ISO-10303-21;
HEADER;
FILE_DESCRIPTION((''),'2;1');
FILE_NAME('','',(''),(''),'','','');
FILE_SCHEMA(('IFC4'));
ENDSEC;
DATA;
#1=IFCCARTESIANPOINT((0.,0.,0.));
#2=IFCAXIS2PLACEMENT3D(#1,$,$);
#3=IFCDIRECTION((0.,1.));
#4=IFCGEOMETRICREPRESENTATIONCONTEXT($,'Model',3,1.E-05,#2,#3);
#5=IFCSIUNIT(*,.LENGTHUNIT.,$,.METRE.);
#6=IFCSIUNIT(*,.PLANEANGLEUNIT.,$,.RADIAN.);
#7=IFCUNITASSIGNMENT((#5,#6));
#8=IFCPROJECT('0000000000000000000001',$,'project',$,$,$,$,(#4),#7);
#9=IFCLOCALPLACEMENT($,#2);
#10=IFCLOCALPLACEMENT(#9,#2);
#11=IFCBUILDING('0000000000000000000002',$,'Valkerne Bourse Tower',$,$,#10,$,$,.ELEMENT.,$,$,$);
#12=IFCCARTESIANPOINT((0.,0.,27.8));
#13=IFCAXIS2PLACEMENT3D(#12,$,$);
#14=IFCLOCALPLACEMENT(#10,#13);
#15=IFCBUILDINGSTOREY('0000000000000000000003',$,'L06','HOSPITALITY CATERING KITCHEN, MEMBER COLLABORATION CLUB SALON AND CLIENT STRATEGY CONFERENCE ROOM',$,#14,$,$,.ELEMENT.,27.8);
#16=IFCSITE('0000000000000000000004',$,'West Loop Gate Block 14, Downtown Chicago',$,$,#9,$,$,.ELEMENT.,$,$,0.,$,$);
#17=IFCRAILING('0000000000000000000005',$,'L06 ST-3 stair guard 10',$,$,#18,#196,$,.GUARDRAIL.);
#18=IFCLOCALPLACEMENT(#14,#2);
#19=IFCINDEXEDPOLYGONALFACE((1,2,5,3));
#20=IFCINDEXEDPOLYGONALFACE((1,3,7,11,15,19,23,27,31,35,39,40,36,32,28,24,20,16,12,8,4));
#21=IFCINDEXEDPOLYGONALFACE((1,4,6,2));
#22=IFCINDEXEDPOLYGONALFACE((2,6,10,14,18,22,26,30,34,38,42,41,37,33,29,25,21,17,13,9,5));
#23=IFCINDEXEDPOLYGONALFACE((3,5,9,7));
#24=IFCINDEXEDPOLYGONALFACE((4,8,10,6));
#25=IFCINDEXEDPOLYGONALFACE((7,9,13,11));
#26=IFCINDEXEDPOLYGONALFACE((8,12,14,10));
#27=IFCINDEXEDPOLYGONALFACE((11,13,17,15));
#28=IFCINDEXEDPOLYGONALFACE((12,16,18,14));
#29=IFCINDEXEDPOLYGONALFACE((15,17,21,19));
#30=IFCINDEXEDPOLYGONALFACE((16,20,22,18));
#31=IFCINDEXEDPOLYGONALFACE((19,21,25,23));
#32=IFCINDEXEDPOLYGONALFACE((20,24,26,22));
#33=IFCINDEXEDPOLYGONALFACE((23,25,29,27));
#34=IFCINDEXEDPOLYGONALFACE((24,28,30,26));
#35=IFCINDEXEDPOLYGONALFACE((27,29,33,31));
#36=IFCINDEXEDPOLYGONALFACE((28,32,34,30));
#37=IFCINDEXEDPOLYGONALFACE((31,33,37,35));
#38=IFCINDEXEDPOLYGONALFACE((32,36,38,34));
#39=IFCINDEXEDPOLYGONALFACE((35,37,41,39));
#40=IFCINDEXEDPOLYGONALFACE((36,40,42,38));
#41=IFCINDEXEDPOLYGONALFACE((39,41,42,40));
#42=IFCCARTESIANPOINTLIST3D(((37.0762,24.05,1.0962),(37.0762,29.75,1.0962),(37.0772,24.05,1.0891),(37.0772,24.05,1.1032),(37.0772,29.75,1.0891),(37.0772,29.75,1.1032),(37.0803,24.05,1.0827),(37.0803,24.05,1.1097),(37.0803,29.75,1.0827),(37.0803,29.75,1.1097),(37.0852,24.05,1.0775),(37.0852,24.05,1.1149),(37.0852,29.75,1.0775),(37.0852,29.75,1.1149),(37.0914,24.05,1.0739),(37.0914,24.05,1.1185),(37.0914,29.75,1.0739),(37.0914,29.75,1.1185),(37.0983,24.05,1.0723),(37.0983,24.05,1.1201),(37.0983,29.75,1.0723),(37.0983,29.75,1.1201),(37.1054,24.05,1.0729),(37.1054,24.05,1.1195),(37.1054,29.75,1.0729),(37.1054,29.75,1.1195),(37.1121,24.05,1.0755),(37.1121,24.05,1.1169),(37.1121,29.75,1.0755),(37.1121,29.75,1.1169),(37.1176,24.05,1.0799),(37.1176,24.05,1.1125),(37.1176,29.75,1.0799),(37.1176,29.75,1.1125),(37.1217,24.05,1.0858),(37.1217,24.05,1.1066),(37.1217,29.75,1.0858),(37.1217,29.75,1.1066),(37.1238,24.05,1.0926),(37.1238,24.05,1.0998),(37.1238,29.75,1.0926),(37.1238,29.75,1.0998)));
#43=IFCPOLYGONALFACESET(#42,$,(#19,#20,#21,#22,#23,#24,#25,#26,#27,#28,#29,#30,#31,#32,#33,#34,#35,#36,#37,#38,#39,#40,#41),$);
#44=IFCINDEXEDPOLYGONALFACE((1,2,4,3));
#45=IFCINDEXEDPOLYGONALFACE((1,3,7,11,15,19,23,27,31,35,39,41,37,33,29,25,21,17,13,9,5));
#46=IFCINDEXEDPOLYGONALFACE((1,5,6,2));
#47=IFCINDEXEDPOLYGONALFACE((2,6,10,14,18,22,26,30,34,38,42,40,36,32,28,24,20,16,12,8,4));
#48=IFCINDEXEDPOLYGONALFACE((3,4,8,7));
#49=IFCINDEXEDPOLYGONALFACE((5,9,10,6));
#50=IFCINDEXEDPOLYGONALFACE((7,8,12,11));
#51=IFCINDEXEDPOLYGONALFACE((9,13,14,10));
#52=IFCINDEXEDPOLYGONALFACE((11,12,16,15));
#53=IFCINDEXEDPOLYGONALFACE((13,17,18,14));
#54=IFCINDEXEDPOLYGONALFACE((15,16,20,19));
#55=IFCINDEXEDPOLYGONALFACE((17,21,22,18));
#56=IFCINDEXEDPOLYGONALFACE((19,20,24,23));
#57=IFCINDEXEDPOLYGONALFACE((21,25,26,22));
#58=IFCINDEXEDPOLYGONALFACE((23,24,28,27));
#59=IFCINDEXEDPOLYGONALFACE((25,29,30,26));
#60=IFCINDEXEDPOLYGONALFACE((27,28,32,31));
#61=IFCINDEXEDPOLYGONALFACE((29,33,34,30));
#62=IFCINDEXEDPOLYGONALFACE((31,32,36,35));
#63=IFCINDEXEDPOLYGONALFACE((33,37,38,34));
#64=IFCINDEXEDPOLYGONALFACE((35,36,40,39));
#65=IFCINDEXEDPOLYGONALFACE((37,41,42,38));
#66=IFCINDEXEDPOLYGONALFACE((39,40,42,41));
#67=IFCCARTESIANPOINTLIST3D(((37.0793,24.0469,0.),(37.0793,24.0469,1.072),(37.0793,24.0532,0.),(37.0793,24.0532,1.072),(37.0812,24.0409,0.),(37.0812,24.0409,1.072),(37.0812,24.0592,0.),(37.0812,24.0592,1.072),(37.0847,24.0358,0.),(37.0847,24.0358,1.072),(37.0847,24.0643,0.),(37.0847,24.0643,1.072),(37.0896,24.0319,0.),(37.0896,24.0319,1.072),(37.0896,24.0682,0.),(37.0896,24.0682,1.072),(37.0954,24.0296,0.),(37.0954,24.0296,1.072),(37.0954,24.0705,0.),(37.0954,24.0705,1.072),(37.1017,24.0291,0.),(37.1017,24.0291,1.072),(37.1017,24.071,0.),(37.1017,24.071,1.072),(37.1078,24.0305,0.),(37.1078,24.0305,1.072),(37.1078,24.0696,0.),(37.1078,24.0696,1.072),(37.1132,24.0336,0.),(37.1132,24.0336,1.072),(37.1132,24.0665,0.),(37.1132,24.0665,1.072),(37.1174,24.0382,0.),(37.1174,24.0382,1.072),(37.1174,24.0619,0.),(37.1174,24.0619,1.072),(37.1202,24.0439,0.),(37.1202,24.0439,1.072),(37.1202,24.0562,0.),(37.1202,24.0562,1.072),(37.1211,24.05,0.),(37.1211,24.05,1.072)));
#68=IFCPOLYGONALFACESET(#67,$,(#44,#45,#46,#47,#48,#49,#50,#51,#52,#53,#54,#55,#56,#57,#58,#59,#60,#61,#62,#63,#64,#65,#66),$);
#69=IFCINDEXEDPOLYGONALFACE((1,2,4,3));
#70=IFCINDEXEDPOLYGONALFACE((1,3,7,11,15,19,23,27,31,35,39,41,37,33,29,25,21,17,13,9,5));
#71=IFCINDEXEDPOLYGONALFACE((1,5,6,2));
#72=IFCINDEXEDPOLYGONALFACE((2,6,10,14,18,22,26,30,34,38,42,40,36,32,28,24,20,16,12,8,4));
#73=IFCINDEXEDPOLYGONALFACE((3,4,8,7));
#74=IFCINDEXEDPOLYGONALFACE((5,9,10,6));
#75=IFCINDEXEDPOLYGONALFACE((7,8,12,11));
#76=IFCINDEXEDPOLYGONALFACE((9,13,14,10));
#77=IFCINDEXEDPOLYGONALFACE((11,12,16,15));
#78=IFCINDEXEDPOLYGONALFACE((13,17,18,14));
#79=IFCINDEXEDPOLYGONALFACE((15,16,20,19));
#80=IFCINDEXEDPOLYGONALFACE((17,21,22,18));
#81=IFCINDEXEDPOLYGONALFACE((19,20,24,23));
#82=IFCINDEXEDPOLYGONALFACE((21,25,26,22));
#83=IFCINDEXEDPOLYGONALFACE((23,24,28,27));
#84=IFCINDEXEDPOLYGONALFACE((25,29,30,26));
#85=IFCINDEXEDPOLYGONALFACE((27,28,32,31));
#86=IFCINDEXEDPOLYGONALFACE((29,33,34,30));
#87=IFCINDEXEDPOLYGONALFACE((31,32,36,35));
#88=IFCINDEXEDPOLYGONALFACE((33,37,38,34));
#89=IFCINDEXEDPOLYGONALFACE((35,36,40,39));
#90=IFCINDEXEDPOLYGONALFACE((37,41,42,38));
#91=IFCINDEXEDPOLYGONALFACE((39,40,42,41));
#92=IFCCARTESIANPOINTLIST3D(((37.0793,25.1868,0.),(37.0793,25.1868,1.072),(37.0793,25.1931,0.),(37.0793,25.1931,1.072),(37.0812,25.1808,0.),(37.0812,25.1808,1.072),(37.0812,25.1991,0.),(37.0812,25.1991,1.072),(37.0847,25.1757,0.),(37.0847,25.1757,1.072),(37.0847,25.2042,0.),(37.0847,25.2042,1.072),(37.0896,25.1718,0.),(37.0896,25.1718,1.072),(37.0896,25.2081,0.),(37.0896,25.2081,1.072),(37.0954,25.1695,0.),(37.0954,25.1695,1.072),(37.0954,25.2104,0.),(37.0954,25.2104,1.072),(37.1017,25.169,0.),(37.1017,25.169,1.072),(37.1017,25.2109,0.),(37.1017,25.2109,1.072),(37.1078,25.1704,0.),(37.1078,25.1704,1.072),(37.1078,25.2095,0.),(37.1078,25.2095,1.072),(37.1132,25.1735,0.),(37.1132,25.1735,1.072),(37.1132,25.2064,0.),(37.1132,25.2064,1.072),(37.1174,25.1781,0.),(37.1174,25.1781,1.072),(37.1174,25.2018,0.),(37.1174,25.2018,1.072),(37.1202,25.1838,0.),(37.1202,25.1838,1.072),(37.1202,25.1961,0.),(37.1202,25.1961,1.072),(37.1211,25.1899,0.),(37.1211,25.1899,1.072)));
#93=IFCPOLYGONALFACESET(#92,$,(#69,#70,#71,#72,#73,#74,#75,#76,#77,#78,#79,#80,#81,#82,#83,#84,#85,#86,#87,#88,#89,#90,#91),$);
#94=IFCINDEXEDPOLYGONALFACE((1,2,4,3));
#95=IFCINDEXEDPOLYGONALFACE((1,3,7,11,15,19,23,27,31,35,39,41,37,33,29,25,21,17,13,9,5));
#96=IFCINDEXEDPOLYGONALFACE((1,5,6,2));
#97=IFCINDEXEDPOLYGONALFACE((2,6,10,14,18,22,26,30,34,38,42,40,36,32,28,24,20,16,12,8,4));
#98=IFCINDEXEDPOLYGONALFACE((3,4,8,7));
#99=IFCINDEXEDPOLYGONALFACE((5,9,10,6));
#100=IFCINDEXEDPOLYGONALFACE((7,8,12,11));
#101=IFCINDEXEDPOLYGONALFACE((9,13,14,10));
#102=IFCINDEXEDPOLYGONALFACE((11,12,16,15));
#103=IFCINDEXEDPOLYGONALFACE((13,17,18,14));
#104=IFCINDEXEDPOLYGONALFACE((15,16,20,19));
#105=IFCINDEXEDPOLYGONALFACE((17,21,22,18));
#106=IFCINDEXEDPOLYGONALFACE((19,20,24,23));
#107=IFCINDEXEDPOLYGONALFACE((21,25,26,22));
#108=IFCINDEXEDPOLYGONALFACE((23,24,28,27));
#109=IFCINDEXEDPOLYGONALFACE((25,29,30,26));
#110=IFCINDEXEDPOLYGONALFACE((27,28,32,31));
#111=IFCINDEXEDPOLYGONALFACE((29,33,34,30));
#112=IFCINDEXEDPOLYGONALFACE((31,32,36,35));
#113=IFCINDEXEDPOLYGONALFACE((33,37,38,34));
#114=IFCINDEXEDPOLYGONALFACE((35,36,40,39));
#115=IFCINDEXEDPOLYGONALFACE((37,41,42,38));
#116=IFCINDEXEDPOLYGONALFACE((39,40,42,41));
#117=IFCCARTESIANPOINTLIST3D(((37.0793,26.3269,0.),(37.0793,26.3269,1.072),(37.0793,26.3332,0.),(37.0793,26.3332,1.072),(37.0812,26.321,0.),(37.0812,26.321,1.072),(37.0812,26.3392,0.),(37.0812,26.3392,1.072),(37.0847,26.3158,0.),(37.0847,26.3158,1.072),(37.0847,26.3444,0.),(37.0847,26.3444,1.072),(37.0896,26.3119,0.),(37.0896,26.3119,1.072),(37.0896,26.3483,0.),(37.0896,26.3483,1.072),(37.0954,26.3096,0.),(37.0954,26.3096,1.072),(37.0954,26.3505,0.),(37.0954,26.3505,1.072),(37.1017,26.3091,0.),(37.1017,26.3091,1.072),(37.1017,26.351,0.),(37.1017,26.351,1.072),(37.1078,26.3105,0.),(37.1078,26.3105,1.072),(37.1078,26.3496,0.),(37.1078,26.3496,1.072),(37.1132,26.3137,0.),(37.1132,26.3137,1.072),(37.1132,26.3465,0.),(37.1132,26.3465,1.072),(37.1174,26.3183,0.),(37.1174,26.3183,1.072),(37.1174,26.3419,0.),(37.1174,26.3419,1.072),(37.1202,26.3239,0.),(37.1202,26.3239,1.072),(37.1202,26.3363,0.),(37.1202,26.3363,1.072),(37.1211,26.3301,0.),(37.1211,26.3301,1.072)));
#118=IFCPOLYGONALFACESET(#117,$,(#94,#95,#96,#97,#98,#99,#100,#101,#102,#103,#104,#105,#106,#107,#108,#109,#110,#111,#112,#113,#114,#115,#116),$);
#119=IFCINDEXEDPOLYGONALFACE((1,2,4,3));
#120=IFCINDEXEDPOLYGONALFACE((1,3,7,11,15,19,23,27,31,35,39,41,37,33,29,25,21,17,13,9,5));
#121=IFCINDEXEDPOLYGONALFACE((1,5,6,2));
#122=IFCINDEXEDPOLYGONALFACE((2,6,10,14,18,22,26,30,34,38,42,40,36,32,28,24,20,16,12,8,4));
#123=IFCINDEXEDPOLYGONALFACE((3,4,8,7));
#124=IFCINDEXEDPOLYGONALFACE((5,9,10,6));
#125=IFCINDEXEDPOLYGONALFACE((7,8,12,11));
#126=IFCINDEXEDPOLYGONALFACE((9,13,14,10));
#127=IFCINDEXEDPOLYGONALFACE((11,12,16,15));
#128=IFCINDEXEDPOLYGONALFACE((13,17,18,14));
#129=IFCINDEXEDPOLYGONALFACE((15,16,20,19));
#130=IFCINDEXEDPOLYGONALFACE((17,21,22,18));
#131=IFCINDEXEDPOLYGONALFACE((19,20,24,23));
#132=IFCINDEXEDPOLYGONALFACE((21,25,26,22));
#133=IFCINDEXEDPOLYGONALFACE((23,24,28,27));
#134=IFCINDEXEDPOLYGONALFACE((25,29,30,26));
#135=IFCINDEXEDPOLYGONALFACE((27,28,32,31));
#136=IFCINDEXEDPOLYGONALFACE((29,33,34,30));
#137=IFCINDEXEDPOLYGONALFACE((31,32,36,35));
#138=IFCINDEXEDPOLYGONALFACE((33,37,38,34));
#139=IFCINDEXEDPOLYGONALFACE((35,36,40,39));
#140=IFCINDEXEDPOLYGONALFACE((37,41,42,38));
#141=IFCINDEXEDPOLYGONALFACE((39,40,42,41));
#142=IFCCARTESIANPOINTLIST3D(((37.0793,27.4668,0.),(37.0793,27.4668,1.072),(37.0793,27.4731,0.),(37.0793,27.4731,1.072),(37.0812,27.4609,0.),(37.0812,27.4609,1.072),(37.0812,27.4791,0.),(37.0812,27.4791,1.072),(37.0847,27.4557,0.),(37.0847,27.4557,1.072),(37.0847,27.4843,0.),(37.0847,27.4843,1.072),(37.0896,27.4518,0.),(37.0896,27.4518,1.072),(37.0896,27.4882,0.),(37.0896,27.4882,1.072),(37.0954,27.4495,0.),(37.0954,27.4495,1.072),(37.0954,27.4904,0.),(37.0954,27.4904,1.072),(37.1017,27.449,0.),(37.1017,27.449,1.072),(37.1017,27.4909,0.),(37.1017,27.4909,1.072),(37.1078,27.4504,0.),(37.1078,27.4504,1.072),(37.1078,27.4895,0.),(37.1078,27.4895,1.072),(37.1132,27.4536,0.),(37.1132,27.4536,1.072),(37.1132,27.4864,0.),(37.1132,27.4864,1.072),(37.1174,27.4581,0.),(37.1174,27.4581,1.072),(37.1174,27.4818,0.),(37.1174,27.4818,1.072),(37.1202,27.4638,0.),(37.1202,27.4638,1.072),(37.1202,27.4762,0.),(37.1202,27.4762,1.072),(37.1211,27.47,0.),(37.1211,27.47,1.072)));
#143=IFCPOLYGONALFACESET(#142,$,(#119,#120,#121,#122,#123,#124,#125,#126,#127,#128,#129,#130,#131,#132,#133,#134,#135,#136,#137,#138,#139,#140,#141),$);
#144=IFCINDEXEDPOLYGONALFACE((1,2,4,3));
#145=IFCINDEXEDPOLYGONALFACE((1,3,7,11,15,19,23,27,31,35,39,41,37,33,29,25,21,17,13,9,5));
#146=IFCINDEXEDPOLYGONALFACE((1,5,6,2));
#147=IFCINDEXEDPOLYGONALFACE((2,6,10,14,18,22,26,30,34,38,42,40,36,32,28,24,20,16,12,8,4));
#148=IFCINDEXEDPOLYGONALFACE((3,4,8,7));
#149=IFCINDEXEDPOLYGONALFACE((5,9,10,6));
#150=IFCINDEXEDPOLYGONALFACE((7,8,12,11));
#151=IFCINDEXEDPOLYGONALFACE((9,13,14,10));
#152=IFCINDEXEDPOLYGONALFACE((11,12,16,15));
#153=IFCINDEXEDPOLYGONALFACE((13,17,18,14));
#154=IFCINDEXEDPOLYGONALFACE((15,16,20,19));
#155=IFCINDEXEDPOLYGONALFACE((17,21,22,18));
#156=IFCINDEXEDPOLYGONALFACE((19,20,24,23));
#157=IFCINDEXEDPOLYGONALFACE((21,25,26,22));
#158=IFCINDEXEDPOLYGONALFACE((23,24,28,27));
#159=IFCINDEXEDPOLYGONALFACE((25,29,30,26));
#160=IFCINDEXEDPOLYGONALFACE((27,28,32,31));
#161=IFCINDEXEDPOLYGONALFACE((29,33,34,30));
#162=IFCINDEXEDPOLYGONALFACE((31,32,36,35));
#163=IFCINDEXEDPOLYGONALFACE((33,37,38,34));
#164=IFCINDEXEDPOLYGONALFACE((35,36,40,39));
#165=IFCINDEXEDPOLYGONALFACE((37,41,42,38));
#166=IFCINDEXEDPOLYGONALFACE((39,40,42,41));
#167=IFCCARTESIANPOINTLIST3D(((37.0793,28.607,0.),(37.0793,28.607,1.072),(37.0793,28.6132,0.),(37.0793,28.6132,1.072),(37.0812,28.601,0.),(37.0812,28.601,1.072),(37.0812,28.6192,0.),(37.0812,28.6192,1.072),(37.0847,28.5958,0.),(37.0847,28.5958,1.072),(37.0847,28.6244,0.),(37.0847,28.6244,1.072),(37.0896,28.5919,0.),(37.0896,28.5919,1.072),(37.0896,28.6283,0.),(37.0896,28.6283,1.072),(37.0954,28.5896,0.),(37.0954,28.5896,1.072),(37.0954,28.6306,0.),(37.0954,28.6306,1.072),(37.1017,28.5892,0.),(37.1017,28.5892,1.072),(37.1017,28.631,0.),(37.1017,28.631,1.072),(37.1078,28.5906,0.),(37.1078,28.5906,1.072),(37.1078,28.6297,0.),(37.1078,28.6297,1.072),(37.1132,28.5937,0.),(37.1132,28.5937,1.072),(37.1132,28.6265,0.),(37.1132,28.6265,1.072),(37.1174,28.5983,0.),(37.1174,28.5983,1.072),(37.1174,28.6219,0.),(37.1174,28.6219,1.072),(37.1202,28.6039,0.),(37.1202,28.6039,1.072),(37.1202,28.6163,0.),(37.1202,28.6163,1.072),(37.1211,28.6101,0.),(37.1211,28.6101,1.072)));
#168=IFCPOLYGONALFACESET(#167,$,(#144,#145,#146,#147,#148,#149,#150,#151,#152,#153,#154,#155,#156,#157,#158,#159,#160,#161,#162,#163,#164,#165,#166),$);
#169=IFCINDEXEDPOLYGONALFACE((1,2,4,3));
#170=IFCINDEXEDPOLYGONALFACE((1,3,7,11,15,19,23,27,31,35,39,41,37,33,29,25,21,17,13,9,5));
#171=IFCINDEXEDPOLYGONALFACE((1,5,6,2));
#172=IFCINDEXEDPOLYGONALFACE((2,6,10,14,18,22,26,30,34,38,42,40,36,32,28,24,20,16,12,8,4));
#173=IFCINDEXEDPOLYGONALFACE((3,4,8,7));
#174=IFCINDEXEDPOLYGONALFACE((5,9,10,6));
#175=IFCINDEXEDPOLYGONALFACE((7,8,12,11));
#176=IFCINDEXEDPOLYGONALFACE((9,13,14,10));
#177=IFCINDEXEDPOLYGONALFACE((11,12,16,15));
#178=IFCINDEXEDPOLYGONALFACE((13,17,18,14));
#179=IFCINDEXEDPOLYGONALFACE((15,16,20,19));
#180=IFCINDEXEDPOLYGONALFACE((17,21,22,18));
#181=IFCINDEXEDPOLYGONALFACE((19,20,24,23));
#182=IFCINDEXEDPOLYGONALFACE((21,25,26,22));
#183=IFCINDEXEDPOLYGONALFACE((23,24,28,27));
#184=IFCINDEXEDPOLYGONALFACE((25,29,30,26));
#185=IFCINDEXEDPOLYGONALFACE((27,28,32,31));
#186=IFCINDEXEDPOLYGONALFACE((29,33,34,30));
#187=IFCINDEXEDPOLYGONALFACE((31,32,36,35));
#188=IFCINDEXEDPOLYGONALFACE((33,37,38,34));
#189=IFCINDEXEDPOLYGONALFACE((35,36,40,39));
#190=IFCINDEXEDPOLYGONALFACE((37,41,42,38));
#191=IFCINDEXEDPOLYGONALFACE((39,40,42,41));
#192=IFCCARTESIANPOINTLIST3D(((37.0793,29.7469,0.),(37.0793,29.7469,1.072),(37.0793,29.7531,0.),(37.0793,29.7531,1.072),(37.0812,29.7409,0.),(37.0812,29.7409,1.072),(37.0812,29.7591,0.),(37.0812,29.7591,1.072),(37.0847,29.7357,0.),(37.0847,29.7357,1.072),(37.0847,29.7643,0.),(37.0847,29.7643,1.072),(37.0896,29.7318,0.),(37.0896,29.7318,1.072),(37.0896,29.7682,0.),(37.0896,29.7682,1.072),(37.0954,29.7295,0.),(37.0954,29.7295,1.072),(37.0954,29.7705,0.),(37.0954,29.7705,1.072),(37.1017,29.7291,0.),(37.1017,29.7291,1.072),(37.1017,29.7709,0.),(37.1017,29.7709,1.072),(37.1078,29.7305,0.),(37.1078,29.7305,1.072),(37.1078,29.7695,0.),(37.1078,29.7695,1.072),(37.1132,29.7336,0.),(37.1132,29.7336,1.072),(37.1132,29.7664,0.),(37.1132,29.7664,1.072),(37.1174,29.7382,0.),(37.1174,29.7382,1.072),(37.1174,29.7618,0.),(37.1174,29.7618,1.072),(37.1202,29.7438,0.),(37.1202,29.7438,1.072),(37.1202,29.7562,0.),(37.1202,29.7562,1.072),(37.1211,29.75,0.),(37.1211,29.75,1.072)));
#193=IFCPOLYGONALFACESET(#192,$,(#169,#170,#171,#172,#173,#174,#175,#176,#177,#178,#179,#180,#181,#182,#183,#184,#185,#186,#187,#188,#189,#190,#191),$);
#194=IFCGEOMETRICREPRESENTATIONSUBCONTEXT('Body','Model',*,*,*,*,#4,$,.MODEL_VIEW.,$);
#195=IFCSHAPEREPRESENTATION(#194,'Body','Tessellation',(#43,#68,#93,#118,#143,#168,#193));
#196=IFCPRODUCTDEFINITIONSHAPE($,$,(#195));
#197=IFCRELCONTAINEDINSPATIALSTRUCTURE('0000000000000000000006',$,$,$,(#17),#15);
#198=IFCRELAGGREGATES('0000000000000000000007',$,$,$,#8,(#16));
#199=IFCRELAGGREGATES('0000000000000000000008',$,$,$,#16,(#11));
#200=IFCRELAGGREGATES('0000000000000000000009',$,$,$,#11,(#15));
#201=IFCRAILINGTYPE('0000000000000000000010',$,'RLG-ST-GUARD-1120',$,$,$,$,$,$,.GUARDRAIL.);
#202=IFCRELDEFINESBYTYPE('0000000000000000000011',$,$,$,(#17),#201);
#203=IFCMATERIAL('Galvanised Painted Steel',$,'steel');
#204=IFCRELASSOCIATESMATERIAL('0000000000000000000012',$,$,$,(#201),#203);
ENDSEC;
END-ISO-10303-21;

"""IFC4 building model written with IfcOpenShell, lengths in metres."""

from ifc_helpers import new_model, si_unit, direction, frame, origin, origin_2d, place, context, subcontext, project, spatial, circle, extrude, material, type_object, element, save


model = new_model("IFC4")

# Units and contexts
model_context = context("Model", 3, precision=1e-05, world=origin(), true_north=direction((0.0, 1.0)))
body_context = subcontext(model_context, "Body", "Model", "MODEL_VIEW")
ifc_project = project(units=[si_unit("LENGTHUNIT", "METRE"), si_unit("PLANEANGLEUNIT", "RADIAN")], contexts=[model_context])

# Site, building, storey
site_placement = place(None, origin())
site = spatial("IfcSite", under=ifc_project, at=site_placement, Name="West Loop Gate Block 14, Downtown Chicago", CompositionType="ELEMENT", RefElevation=0.0)
building_placement = place(site_placement, origin())
building = spatial("IfcBuilding", under=site, at=building_placement, Name="Valkerne Bourse Tower", CompositionType="ELEMENT")
storey_placement = place(building_placement, frame((0.0, 0.0, 27.8)))
storey = spatial("IfcBuildingStorey", under=building, at=storey_placement, Name="L06", Description="HOSPITALITY CATERING KITCHEN, MEMBER COLLABORATION CLUB SALON AND CLIENT STRATEGY CONFERENCE ROOM", CompositionType="ELEMENT", Elevation=27.8)

# Shared definitions
ifc_material_1 = material(Name="Galvanised Painted Steel", Category="steel")

# Railing
railing_type_1 = type_object("IfcRailingType", Name="RLG-ST-GUARD-1120", PredefinedType="GUARDRAIL", material=ifc_material_1)
for number, where, name in (
    (1, (37.1001, 24.05, 0.0), "L06 ST-3 stair guard 10"),
):
    element("IfcRailing", number, at=place(storey_placement, frame(where)), inside=storey, type_object=railing_type_1, Name=name, PredefinedType="GUARDRAIL", context=body_context, shape_type="SweptSolid", body=[
        extrude(circle(Radius=0.0239, at=origin_2d()), frame((0.0, 0.0, 1.0962), z_axis=(0.0, 1.0, 0.0), x_axis=(-1.0, 0.0, 0.0)), (0.0, 0.0, 1.0), 5.7),
        extrude(circle(Radius=0.021, at=origin_2d()), origin(), (0.0, 0.0, 1.0), 1.072),
        extrude(circle(Radius=0.021, at=origin_2d()), frame((0.0, 1.1399, 0.0)), (0.0, 0.0, 1.0), 1.072),
        extrude(circle(Radius=0.021, at=origin_2d()), frame((0.0, 2.28, 0.0)), (0.0, 0.0, 1.0), 1.072),
        extrude(circle(Radius=0.021, at=origin_2d()), frame((0.0, 3.4199, 0.0)), (0.0, 0.0, 1.0), 1.072),
        extrude(circle(Radius=0.021, at=origin_2d()), frame((0.0, 4.5601, 0.0)), (0.0, 0.0, 1.0), 1.072),
        extrude(circle(Radius=0.021, at=origin_2d()), frame((0.0, 5.7, 0.0)), (0.0, 0.0, 1.0), 1.072),
    ])

save(model, "model.ifc")
